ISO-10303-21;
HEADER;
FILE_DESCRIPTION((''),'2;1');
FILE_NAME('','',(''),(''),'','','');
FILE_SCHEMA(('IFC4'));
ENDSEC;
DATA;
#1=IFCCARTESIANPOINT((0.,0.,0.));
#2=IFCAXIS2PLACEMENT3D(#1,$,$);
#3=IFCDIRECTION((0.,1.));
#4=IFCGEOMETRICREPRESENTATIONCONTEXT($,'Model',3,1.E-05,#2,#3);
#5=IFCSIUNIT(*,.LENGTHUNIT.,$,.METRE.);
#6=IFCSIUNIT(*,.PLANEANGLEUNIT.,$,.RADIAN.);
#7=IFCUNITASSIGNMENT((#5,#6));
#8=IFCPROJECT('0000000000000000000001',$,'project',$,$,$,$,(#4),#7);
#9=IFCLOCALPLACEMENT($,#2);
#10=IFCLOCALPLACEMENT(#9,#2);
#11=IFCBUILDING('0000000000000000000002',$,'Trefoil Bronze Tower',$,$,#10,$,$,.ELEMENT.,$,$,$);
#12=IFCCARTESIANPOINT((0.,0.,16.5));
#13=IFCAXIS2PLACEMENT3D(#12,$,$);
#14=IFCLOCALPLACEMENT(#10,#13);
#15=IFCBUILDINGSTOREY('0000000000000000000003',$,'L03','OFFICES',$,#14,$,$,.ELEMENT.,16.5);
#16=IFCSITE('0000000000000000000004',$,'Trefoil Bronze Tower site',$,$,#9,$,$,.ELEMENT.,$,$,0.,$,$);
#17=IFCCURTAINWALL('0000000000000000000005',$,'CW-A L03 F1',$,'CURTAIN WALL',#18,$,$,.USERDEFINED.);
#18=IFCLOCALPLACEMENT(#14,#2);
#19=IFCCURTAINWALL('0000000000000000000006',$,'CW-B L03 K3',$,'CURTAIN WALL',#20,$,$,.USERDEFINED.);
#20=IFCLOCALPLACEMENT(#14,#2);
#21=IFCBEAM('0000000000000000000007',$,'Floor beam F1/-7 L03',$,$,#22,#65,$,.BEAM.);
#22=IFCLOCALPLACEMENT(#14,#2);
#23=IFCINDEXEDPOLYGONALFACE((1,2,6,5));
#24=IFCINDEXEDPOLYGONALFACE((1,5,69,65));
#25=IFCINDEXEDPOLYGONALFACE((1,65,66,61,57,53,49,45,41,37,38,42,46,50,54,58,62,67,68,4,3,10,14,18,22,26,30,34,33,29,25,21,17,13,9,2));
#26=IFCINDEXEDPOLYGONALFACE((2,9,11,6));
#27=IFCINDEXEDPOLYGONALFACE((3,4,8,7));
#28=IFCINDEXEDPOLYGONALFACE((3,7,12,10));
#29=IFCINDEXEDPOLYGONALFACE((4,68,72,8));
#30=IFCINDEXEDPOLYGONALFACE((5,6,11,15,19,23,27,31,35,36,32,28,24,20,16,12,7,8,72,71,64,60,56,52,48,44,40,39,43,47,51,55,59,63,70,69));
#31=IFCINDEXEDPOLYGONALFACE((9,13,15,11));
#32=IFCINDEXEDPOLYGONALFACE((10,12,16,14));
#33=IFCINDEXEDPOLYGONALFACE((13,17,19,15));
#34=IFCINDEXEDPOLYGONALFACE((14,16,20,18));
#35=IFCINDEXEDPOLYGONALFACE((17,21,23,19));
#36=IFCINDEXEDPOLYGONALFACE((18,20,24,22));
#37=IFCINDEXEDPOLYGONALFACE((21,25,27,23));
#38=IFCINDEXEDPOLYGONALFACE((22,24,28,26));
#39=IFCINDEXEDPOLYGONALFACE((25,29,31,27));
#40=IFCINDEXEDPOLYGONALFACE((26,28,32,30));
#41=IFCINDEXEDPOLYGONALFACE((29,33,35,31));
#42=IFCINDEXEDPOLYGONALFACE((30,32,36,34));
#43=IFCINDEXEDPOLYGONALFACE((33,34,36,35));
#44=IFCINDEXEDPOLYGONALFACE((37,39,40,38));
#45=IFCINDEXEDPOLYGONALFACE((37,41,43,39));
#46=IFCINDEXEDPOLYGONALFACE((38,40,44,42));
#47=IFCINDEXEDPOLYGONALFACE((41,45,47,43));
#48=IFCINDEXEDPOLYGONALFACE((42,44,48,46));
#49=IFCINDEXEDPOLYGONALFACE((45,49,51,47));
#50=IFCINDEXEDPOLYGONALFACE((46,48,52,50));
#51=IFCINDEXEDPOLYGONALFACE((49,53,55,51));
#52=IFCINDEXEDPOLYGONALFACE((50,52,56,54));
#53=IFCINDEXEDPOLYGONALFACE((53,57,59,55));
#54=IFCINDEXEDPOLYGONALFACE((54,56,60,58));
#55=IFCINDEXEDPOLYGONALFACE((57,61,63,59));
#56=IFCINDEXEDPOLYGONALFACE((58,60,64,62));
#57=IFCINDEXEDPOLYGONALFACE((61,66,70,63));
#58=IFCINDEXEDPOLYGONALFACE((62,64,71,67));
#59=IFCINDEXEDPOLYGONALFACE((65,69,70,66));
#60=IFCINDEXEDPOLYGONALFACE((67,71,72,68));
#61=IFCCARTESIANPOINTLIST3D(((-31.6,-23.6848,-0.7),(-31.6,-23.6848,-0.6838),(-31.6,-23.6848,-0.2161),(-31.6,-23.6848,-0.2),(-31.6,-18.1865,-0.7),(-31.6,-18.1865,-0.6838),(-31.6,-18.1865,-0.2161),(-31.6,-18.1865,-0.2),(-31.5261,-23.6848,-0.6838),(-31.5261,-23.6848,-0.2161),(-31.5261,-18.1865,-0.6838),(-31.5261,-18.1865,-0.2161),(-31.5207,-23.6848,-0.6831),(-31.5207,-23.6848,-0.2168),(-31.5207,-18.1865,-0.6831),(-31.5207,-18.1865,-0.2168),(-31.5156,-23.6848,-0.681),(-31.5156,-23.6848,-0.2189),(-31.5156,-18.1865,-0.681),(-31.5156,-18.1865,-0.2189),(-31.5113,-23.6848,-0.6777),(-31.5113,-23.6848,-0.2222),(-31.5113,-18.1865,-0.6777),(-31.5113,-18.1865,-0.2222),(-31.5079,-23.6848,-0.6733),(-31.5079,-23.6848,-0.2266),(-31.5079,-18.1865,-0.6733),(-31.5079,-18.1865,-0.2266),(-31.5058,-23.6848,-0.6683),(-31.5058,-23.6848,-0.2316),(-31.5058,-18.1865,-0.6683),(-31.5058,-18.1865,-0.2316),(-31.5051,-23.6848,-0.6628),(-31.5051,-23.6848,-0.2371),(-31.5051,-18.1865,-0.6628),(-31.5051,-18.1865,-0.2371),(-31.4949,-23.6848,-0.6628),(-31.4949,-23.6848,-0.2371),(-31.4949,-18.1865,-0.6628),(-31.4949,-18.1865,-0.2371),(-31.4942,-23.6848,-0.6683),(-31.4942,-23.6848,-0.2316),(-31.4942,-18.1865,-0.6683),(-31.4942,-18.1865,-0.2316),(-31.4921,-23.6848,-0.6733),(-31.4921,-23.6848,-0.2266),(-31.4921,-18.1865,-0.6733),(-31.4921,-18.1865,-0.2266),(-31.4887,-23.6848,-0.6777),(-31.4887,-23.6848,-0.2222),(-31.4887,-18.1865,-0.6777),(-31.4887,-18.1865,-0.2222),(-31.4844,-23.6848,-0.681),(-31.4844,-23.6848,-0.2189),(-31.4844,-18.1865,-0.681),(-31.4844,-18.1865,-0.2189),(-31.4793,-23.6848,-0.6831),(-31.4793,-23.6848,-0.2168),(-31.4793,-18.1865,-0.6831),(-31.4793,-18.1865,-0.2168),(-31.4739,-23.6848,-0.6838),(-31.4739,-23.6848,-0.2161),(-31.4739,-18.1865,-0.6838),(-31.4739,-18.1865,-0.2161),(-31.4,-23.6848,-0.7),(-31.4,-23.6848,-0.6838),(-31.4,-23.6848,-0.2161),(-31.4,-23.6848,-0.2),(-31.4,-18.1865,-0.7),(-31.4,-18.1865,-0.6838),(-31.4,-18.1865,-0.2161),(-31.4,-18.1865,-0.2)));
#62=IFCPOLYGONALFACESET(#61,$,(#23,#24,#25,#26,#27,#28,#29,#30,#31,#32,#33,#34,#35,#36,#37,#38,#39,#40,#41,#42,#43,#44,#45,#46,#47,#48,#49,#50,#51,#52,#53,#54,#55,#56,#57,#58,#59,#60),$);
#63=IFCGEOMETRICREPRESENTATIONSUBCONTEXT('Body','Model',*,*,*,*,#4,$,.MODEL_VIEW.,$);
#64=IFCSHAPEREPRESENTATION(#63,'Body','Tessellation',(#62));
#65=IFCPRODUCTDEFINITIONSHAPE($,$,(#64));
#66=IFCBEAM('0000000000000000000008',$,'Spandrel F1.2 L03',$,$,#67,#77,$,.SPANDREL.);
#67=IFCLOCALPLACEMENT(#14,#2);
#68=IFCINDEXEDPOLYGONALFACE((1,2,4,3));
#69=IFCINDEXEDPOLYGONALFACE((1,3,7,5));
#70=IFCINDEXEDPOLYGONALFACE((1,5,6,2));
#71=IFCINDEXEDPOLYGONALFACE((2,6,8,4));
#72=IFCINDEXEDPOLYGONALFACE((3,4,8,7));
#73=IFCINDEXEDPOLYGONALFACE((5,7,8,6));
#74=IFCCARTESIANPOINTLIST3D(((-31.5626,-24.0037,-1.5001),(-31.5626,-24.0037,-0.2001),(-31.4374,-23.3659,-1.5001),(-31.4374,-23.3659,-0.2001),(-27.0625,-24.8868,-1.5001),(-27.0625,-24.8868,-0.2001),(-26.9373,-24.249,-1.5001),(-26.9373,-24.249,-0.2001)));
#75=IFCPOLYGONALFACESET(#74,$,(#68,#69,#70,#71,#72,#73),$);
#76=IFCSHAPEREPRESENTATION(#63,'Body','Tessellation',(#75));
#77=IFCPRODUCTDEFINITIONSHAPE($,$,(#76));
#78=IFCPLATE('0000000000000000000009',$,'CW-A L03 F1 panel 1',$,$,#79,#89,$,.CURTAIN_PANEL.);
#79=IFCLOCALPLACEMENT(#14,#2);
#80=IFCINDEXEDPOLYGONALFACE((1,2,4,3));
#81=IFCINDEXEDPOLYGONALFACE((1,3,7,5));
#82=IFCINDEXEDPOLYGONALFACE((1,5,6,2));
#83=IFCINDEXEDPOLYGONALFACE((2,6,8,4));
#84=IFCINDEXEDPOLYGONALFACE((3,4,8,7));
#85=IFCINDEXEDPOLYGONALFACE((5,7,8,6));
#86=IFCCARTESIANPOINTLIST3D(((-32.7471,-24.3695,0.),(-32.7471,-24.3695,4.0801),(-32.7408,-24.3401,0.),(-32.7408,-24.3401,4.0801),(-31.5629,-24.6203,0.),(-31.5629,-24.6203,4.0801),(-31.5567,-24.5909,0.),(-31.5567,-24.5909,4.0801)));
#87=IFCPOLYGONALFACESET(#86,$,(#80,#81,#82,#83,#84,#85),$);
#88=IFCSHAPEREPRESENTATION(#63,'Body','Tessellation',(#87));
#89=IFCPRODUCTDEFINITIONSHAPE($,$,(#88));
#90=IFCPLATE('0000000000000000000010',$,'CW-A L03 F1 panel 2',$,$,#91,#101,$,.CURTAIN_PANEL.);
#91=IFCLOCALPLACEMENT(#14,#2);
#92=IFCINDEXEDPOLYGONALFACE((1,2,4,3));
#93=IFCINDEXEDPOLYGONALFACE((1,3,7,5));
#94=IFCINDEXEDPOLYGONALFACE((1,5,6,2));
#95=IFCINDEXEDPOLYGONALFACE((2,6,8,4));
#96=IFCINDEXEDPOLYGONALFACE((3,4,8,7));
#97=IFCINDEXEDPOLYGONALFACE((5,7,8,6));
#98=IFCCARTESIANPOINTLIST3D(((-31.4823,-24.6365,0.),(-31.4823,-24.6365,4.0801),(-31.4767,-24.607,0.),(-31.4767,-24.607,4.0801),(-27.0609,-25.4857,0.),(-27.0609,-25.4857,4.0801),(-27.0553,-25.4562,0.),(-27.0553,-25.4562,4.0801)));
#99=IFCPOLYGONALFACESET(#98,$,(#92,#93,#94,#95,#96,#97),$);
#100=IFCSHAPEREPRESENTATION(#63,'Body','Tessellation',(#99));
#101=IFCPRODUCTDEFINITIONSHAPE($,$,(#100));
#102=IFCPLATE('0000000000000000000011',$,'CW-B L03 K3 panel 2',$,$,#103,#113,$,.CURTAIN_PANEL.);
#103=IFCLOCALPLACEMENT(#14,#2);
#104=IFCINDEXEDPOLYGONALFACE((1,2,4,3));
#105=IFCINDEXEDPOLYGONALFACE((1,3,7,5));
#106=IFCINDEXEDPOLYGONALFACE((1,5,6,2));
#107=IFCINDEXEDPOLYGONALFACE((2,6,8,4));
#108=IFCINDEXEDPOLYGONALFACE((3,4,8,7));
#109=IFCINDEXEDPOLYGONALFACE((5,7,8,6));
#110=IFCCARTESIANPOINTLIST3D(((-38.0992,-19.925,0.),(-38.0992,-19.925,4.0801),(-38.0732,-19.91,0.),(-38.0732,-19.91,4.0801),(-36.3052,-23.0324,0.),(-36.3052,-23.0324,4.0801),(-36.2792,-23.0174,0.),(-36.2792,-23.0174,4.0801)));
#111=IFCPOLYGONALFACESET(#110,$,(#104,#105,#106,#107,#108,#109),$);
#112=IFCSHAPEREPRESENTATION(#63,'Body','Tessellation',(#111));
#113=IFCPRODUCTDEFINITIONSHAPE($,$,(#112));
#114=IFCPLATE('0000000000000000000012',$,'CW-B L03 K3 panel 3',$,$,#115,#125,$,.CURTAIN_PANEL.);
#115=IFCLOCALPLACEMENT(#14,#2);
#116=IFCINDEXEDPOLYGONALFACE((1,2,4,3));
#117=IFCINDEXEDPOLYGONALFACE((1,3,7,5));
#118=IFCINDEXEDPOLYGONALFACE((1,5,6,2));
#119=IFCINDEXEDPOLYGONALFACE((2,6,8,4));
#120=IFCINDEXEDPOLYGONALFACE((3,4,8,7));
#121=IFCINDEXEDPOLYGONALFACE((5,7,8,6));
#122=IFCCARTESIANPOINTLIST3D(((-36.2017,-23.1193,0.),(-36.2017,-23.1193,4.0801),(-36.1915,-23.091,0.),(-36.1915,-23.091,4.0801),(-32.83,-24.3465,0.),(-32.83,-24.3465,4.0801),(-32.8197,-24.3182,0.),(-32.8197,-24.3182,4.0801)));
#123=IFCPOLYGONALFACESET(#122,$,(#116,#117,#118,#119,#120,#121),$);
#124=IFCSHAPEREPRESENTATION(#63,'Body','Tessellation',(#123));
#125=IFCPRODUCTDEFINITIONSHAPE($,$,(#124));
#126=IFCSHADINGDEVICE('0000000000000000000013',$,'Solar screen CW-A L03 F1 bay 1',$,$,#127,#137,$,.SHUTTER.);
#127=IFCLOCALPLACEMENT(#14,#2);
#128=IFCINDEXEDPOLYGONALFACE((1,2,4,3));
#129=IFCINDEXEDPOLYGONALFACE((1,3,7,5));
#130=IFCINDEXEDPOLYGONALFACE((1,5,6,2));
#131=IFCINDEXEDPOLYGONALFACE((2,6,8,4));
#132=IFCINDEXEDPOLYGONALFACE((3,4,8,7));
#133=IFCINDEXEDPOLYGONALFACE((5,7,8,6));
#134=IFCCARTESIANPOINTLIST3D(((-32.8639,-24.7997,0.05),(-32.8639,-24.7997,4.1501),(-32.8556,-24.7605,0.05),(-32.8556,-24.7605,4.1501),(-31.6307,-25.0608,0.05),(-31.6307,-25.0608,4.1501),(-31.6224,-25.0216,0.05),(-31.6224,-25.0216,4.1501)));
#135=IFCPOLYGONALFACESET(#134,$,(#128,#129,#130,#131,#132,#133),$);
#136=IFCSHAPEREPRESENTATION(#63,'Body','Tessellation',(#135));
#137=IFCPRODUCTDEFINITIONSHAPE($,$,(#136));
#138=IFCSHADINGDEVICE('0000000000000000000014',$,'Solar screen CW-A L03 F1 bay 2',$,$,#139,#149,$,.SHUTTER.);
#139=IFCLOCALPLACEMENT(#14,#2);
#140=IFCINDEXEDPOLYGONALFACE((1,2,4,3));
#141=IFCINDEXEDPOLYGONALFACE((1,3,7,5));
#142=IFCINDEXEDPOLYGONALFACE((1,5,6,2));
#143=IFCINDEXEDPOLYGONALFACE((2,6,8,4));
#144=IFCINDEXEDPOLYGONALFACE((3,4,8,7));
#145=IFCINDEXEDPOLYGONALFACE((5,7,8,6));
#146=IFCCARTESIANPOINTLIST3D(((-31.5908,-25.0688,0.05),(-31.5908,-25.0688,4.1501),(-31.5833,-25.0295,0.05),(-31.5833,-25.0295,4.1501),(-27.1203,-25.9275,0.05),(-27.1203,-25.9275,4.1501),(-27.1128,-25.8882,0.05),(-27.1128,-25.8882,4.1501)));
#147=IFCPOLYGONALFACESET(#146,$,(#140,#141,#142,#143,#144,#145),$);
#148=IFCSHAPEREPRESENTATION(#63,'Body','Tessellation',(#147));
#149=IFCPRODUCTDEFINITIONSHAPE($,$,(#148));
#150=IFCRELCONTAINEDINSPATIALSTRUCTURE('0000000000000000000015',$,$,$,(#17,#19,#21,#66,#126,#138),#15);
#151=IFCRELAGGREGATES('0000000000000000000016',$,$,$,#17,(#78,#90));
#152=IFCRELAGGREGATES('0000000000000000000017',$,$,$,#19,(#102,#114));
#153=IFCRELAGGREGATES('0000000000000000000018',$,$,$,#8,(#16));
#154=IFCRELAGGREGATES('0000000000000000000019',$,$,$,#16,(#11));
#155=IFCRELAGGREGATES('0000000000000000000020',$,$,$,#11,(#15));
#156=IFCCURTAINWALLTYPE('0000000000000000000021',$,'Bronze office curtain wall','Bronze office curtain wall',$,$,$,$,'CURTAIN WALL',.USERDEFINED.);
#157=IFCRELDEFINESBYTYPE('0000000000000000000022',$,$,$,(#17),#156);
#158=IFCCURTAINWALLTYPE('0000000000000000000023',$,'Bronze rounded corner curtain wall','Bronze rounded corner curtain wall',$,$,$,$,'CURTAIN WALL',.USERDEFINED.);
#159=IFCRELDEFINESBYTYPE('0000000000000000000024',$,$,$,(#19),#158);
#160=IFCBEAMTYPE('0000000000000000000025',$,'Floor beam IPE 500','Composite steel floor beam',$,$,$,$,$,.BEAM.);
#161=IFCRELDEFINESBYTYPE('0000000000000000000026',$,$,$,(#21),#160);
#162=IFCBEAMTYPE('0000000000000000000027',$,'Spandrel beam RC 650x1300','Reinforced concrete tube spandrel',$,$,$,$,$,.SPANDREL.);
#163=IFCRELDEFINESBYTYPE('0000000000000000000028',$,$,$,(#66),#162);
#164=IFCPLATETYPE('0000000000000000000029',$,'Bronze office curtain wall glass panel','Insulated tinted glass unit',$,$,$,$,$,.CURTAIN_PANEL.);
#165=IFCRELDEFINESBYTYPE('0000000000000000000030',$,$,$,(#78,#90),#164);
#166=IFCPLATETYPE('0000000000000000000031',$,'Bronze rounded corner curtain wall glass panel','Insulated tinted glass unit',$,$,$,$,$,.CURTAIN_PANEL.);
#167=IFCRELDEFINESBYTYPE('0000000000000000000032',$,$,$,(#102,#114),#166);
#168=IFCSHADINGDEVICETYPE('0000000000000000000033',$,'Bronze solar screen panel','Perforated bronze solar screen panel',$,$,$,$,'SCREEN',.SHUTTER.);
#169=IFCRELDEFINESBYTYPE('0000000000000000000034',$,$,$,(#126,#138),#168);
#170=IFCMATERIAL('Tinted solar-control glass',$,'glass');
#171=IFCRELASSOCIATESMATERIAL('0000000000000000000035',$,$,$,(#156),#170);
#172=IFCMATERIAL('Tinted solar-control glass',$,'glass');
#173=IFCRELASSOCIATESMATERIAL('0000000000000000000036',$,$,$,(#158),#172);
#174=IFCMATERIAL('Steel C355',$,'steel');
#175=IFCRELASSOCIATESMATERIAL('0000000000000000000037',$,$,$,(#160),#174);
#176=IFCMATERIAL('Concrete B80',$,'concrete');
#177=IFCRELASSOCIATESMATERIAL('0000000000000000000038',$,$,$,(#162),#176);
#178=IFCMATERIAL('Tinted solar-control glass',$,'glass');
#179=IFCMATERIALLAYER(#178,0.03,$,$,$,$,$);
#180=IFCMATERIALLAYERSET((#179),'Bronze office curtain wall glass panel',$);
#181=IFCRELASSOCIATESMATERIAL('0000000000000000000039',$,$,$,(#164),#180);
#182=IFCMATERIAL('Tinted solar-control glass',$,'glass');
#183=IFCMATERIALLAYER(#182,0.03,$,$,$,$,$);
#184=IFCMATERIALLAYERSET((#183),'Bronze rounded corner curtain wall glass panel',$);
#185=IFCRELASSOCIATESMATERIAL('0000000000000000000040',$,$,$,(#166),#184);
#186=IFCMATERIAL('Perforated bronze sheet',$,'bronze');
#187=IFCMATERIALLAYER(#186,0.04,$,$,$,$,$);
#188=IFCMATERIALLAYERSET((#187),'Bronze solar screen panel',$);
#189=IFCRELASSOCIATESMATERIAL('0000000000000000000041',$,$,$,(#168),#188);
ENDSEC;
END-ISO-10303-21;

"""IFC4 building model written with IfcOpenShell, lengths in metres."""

from ifc_helpers import new_model, si_unit, direction, frame, origin, origin_2d, place, context, subcontext, project, spatial, rectangle, i_section, extrude, material, layer, layer_set, material_profile, profile_set, type_object, element, aggregate, save


model = new_model("IFC4")

# Units and contexts
model_context = context("Model", 3, precision=1e-05, world=origin(), true_north=direction((0.0, 1.0)))
body_context = subcontext(model_context, "Body", "Model", "MODEL_VIEW")
ifc_project = project(units=[si_unit("LENGTHUNIT", "METRE"), si_unit("PLANEANGLEUNIT", "RADIAN")], contexts=[model_context])

# Site, building, storey
site_placement = place(None, origin())
site = spatial("IfcSite", under=ifc_project, at=site_placement, Name="Trefoil Bronze Tower site", CompositionType="ELEMENT", RefElevation=0.0)
building_placement = place(site_placement, origin())
building = spatial("IfcBuilding", under=site, at=building_placement, Name="Trefoil Bronze Tower", CompositionType="ELEMENT")
storey_placement = place(building_placement, frame((0.0, 0.0, 16.5)))
storey = spatial("IfcBuildingStorey", under=building, at=storey_placement, Name="L03", Description="OFFICES", CompositionType="ELEMENT", Elevation=16.5)

# Curtain walls
ifc_material_1 = material(Name="Tinted solar-control glass", Category="glass")
curtain_wall_type_1 = type_object("IfcCurtainWallType", Name="Bronze office curtain wall", Description="Bronze office curtain wall", ElementType="CURTAIN WALL", PredefinedType="USERDEFINED", material=ifc_material_1)
curtain_wall_1_placement = place(storey_placement, origin())
curtain_wall_1 = element("IfcCurtainWall", 1, at=curtain_wall_1_placement, inside=storey, type_object=curtain_wall_type_1, Name="CW-A L03 F1", ObjectType="CURTAIN WALL", PredefinedType="USERDEFINED")
ifc_material_2 = material(Name="Tinted solar-control glass", Category="glass")
curtain_wall_type_2 = type_object("IfcCurtainWallType", Name="Bronze rounded corner curtain wall", Description="Bronze rounded corner curtain wall", ElementType="CURTAIN WALL", PredefinedType="USERDEFINED", material=ifc_material_2)
curtain_wall_2_placement = place(storey_placement, origin())
curtain_wall_2 = element("IfcCurtainWall", 2, at=curtain_wall_2_placement, inside=storey, type_object=curtain_wall_type_2, Name="CW-B L03 K3", ObjectType="CURTAIN WALL", PredefinedType="USERDEFINED")

# Beams
ifc_material_3 = material(Name="Steel C355", Category="steel")
ifc_material_profile_1 = material_profile(ifc_material_3, i_section(OverallWidth=0.2, OverallDepth=0.5, WebThickness=0.0103, FlangeThickness=0.0161, FilletRadius=0.021, at=origin_2d()), Name="IPE 500")
ifc_profile_set_1 = profile_set([ifc_material_profile_1], Name="Steel C355")
beam_type_1 = type_object("IfcBeamType", Name="Floor beam IPE 500", Description="Composite steel floor beam", PredefinedType="BEAM", material=ifc_profile_set_1)
beam_1_placement = place(storey_placement, frame((-31.5, -23.6848, -0.45), z_axis=(0.0, 1.0, 0.0), x_axis=(-1.0, 0.0, 0.0)))
element("IfcBeam", 3, at=beam_1_placement, inside=storey, type_object=beam_type_1, Name="Floor beam F1/-7 L03", PredefinedType="BEAM", context=body_context, shape_type="SweptSolid", body=[
    extrude(i_section(OverallWidth=0.2, OverallDepth=0.5, WebThickness=0.0103, FlangeThickness=0.0161, FilletRadius=0.021, at=origin_2d()), origin(), (0.0, 0.0, 1.0), 5.4983),
])
ifc_material_4 = material(Name="Concrete B80", Category="concrete")
ifc_material_profile_2 = material_profile(ifc_material_4, rectangle(XDim=0.6499, YDim=1.3, at=origin_2d()), Name="RC 650x1300")
ifc_profile_set_2 = profile_set([ifc_material_profile_2], Name="Concrete B80")
beam_type_2 = type_object("IfcBeamType", Name="Spandrel beam RC 650x1300", Description="Reinforced concrete tube spandrel", PredefinedType="SPANDREL", material=ifc_profile_set_2)
beam_2_placement = place(storey_placement, frame((-31.5, -23.6848, -0.8501), z_axis=(0.981285, -0.192562, 0.0), x_axis=(0.192562, 0.981285, 0.0)))
element("IfcBeam", 4, at=beam_2_placement, inside=storey, type_object=beam_type_2, Name="Spandrel F1.2 L03", PredefinedType="SPANDREL", context=body_context, shape_type="SweptSolid", body=[
    extrude(rectangle(XDim=0.6499, YDim=1.3, at=origin_2d()), origin(), (0.0, 0.0, 1.0), 4.5859),
])

# Plates
ifc_material_5 = material(Name="Tinted solar-control glass", Category="glass")
ifc_layer_1 = layer(ifc_material_5, 0.03)
ifc_layer_set_1 = layer_set([ifc_layer_1], Name="Bronze office curtain wall glass panel")
plate_type_1 = type_object("IfcPlateType", Name="Bronze office curtain wall glass panel", Description="Insulated tinted glass unit", PredefinedType="CURTAIN_PANEL", material=ifc_layer_set_1)
plate_1_placement = place(storey_placement, frame((-32.1519, -24.4802, 0.0), z_axis=(0.0, 0.0, 1.0), x_axis=(0.978303, -0.207181, 0.0)))
plate_1 = element("IfcPlate", 5, at=plate_1_placement, type_object=plate_type_1, Name="CW-A L03 F1 panel 1", PredefinedType="CURTAIN_PANEL", context=body_context, shape_type="SweptSolid", body=[
    extrude(rectangle(XDim=1.2104, YDim=0.03, at=origin_2d()), origin(), (0.0, 0.0, 1.0), 4.0801),
])
plate_2_placement = place(storey_placement, frame((-29.2688, -25.0464, 0.0), z_axis=(0.0, 0.0, 1.0), x_axis=(0.98205, -0.188622, 0.0)))
plate_2 = element("IfcPlate", 6, at=plate_2_placement, type_object=plate_type_1, Name="CW-A L03 F1 panel 2", PredefinedType="CURTAIN_PANEL", context=body_context, shape_type="SweptSolid", body=[
    extrude(rectangle(XDim=4.5022, YDim=0.03, at=origin_2d()), origin(), (0.0, 0.0, 1.0), 4.0801),
])
aggregate(curtain_wall_1, [plate_1, plate_2])
ifc_material_6 = material(Name="Tinted solar-control glass", Category="glass")
ifc_layer_2 = layer(ifc_material_6, 0.03)
ifc_layer_set_2 = layer_set([ifc_layer_2], Name="Bronze rounded corner curtain wall glass panel")
plate_type_2 = type_object("IfcPlateType", Name="Bronze rounded corner curtain wall glass panel", Description="Insulated tinted glass unit", PredefinedType="CURTAIN_PANEL", material=ifc_layer_set_2)
plate_3_placement = place(storey_placement, frame((-37.1892, -21.4712, 0.0), z_axis=(0.0, 0.0, 1.0), x_axis=(0.5, -0.866025, 0.0)))
plate_3 = element("IfcPlate", 7, at=plate_3_placement, type_object=plate_type_2, Name="CW-B L03 K3 panel 2", PredefinedType="CURTAIN_PANEL", context=body_context, shape_type="SweptSolid", body=[
    extrude(rectangle(XDim=3.5881, YDim=0.03, at=origin_2d()), origin(), (0.0, 0.0, 1.0), 4.0801),
])
plate_4_placement = place(storey_placement, frame((-34.5107, -23.7188, 0.0), z_axis=(0.0, 0.0, 1.0), x_axis=(0.939693, -0.34202, 0.0)))
plate_4 = element("IfcPlate", 8, at=plate_4_placement, type_object=plate_type_2, Name="CW-B L03 K3 panel 3", PredefinedType="CURTAIN_PANEL", context=body_context, shape_type="SweptSolid", body=[
    extrude(rectangle(XDim=3.5881, YDim=0.03, at=origin_2d()), origin(), (0.0, 0.0, 1.0), 4.0801),
])
aggregate(curtain_wall_2, [plate_3, plate_4])

# Shading devices
ifc_material_7 = material(Name="Perforated bronze sheet", Category="bronze")
ifc_layer_3 = layer(ifc_material_7, 0.04)
ifc_layer_set_3 = layer_set([ifc_layer_3], Name="Bronze solar screen panel")
shading_device_type = type_object("IfcShadingDeviceType", Name="Bronze solar screen panel", Description="Perforated bronze solar screen panel", ElementType="SCREEN", PredefinedType="SHUTTER", material=ifc_layer_set_3)
shading_device_1_placement = place(storey_placement, frame((-32.2432, -24.9106, 0.05), z_axis=(0.0, 0.0, 1.0), x_axis=(0.978303, -0.207181, 0.0)))
element("IfcShadingDevice", 9, at=shading_device_1_placement, inside=storey, type_object=shading_device_type, Name="Solar screen CW-A L03 F1 bay 1", PredefinedType="SHUTTER", context=body_context, shape_type="SweptSolid", body=[
    extrude(rectangle(XDim=1.2605, YDim=0.04, at=origin_2d()), origin(), (0.0, 0.0, 1.0), 4.1001),
])
shading_device_2_placement = place(storey_placement, frame((-29.3518, -25.4785, 0.05), z_axis=(0.0, 0.0, 1.0), x_axis=(0.98205, -0.188622, 0.0)))
element("IfcShadingDevice", 10, at=shading_device_2_placement, inside=storey, type_object=shading_device_type, Name="Solar screen CW-A L03 F1 bay 2", PredefinedType="SHUTTER", context=body_context, shape_type="SweptSolid", body=[
    extrude(rectangle(XDim=4.5522, YDim=0.04, at=origin_2d()), origin(), (0.0, 0.0, 1.0), 4.1001),
])

save(model, "model.ifc")
